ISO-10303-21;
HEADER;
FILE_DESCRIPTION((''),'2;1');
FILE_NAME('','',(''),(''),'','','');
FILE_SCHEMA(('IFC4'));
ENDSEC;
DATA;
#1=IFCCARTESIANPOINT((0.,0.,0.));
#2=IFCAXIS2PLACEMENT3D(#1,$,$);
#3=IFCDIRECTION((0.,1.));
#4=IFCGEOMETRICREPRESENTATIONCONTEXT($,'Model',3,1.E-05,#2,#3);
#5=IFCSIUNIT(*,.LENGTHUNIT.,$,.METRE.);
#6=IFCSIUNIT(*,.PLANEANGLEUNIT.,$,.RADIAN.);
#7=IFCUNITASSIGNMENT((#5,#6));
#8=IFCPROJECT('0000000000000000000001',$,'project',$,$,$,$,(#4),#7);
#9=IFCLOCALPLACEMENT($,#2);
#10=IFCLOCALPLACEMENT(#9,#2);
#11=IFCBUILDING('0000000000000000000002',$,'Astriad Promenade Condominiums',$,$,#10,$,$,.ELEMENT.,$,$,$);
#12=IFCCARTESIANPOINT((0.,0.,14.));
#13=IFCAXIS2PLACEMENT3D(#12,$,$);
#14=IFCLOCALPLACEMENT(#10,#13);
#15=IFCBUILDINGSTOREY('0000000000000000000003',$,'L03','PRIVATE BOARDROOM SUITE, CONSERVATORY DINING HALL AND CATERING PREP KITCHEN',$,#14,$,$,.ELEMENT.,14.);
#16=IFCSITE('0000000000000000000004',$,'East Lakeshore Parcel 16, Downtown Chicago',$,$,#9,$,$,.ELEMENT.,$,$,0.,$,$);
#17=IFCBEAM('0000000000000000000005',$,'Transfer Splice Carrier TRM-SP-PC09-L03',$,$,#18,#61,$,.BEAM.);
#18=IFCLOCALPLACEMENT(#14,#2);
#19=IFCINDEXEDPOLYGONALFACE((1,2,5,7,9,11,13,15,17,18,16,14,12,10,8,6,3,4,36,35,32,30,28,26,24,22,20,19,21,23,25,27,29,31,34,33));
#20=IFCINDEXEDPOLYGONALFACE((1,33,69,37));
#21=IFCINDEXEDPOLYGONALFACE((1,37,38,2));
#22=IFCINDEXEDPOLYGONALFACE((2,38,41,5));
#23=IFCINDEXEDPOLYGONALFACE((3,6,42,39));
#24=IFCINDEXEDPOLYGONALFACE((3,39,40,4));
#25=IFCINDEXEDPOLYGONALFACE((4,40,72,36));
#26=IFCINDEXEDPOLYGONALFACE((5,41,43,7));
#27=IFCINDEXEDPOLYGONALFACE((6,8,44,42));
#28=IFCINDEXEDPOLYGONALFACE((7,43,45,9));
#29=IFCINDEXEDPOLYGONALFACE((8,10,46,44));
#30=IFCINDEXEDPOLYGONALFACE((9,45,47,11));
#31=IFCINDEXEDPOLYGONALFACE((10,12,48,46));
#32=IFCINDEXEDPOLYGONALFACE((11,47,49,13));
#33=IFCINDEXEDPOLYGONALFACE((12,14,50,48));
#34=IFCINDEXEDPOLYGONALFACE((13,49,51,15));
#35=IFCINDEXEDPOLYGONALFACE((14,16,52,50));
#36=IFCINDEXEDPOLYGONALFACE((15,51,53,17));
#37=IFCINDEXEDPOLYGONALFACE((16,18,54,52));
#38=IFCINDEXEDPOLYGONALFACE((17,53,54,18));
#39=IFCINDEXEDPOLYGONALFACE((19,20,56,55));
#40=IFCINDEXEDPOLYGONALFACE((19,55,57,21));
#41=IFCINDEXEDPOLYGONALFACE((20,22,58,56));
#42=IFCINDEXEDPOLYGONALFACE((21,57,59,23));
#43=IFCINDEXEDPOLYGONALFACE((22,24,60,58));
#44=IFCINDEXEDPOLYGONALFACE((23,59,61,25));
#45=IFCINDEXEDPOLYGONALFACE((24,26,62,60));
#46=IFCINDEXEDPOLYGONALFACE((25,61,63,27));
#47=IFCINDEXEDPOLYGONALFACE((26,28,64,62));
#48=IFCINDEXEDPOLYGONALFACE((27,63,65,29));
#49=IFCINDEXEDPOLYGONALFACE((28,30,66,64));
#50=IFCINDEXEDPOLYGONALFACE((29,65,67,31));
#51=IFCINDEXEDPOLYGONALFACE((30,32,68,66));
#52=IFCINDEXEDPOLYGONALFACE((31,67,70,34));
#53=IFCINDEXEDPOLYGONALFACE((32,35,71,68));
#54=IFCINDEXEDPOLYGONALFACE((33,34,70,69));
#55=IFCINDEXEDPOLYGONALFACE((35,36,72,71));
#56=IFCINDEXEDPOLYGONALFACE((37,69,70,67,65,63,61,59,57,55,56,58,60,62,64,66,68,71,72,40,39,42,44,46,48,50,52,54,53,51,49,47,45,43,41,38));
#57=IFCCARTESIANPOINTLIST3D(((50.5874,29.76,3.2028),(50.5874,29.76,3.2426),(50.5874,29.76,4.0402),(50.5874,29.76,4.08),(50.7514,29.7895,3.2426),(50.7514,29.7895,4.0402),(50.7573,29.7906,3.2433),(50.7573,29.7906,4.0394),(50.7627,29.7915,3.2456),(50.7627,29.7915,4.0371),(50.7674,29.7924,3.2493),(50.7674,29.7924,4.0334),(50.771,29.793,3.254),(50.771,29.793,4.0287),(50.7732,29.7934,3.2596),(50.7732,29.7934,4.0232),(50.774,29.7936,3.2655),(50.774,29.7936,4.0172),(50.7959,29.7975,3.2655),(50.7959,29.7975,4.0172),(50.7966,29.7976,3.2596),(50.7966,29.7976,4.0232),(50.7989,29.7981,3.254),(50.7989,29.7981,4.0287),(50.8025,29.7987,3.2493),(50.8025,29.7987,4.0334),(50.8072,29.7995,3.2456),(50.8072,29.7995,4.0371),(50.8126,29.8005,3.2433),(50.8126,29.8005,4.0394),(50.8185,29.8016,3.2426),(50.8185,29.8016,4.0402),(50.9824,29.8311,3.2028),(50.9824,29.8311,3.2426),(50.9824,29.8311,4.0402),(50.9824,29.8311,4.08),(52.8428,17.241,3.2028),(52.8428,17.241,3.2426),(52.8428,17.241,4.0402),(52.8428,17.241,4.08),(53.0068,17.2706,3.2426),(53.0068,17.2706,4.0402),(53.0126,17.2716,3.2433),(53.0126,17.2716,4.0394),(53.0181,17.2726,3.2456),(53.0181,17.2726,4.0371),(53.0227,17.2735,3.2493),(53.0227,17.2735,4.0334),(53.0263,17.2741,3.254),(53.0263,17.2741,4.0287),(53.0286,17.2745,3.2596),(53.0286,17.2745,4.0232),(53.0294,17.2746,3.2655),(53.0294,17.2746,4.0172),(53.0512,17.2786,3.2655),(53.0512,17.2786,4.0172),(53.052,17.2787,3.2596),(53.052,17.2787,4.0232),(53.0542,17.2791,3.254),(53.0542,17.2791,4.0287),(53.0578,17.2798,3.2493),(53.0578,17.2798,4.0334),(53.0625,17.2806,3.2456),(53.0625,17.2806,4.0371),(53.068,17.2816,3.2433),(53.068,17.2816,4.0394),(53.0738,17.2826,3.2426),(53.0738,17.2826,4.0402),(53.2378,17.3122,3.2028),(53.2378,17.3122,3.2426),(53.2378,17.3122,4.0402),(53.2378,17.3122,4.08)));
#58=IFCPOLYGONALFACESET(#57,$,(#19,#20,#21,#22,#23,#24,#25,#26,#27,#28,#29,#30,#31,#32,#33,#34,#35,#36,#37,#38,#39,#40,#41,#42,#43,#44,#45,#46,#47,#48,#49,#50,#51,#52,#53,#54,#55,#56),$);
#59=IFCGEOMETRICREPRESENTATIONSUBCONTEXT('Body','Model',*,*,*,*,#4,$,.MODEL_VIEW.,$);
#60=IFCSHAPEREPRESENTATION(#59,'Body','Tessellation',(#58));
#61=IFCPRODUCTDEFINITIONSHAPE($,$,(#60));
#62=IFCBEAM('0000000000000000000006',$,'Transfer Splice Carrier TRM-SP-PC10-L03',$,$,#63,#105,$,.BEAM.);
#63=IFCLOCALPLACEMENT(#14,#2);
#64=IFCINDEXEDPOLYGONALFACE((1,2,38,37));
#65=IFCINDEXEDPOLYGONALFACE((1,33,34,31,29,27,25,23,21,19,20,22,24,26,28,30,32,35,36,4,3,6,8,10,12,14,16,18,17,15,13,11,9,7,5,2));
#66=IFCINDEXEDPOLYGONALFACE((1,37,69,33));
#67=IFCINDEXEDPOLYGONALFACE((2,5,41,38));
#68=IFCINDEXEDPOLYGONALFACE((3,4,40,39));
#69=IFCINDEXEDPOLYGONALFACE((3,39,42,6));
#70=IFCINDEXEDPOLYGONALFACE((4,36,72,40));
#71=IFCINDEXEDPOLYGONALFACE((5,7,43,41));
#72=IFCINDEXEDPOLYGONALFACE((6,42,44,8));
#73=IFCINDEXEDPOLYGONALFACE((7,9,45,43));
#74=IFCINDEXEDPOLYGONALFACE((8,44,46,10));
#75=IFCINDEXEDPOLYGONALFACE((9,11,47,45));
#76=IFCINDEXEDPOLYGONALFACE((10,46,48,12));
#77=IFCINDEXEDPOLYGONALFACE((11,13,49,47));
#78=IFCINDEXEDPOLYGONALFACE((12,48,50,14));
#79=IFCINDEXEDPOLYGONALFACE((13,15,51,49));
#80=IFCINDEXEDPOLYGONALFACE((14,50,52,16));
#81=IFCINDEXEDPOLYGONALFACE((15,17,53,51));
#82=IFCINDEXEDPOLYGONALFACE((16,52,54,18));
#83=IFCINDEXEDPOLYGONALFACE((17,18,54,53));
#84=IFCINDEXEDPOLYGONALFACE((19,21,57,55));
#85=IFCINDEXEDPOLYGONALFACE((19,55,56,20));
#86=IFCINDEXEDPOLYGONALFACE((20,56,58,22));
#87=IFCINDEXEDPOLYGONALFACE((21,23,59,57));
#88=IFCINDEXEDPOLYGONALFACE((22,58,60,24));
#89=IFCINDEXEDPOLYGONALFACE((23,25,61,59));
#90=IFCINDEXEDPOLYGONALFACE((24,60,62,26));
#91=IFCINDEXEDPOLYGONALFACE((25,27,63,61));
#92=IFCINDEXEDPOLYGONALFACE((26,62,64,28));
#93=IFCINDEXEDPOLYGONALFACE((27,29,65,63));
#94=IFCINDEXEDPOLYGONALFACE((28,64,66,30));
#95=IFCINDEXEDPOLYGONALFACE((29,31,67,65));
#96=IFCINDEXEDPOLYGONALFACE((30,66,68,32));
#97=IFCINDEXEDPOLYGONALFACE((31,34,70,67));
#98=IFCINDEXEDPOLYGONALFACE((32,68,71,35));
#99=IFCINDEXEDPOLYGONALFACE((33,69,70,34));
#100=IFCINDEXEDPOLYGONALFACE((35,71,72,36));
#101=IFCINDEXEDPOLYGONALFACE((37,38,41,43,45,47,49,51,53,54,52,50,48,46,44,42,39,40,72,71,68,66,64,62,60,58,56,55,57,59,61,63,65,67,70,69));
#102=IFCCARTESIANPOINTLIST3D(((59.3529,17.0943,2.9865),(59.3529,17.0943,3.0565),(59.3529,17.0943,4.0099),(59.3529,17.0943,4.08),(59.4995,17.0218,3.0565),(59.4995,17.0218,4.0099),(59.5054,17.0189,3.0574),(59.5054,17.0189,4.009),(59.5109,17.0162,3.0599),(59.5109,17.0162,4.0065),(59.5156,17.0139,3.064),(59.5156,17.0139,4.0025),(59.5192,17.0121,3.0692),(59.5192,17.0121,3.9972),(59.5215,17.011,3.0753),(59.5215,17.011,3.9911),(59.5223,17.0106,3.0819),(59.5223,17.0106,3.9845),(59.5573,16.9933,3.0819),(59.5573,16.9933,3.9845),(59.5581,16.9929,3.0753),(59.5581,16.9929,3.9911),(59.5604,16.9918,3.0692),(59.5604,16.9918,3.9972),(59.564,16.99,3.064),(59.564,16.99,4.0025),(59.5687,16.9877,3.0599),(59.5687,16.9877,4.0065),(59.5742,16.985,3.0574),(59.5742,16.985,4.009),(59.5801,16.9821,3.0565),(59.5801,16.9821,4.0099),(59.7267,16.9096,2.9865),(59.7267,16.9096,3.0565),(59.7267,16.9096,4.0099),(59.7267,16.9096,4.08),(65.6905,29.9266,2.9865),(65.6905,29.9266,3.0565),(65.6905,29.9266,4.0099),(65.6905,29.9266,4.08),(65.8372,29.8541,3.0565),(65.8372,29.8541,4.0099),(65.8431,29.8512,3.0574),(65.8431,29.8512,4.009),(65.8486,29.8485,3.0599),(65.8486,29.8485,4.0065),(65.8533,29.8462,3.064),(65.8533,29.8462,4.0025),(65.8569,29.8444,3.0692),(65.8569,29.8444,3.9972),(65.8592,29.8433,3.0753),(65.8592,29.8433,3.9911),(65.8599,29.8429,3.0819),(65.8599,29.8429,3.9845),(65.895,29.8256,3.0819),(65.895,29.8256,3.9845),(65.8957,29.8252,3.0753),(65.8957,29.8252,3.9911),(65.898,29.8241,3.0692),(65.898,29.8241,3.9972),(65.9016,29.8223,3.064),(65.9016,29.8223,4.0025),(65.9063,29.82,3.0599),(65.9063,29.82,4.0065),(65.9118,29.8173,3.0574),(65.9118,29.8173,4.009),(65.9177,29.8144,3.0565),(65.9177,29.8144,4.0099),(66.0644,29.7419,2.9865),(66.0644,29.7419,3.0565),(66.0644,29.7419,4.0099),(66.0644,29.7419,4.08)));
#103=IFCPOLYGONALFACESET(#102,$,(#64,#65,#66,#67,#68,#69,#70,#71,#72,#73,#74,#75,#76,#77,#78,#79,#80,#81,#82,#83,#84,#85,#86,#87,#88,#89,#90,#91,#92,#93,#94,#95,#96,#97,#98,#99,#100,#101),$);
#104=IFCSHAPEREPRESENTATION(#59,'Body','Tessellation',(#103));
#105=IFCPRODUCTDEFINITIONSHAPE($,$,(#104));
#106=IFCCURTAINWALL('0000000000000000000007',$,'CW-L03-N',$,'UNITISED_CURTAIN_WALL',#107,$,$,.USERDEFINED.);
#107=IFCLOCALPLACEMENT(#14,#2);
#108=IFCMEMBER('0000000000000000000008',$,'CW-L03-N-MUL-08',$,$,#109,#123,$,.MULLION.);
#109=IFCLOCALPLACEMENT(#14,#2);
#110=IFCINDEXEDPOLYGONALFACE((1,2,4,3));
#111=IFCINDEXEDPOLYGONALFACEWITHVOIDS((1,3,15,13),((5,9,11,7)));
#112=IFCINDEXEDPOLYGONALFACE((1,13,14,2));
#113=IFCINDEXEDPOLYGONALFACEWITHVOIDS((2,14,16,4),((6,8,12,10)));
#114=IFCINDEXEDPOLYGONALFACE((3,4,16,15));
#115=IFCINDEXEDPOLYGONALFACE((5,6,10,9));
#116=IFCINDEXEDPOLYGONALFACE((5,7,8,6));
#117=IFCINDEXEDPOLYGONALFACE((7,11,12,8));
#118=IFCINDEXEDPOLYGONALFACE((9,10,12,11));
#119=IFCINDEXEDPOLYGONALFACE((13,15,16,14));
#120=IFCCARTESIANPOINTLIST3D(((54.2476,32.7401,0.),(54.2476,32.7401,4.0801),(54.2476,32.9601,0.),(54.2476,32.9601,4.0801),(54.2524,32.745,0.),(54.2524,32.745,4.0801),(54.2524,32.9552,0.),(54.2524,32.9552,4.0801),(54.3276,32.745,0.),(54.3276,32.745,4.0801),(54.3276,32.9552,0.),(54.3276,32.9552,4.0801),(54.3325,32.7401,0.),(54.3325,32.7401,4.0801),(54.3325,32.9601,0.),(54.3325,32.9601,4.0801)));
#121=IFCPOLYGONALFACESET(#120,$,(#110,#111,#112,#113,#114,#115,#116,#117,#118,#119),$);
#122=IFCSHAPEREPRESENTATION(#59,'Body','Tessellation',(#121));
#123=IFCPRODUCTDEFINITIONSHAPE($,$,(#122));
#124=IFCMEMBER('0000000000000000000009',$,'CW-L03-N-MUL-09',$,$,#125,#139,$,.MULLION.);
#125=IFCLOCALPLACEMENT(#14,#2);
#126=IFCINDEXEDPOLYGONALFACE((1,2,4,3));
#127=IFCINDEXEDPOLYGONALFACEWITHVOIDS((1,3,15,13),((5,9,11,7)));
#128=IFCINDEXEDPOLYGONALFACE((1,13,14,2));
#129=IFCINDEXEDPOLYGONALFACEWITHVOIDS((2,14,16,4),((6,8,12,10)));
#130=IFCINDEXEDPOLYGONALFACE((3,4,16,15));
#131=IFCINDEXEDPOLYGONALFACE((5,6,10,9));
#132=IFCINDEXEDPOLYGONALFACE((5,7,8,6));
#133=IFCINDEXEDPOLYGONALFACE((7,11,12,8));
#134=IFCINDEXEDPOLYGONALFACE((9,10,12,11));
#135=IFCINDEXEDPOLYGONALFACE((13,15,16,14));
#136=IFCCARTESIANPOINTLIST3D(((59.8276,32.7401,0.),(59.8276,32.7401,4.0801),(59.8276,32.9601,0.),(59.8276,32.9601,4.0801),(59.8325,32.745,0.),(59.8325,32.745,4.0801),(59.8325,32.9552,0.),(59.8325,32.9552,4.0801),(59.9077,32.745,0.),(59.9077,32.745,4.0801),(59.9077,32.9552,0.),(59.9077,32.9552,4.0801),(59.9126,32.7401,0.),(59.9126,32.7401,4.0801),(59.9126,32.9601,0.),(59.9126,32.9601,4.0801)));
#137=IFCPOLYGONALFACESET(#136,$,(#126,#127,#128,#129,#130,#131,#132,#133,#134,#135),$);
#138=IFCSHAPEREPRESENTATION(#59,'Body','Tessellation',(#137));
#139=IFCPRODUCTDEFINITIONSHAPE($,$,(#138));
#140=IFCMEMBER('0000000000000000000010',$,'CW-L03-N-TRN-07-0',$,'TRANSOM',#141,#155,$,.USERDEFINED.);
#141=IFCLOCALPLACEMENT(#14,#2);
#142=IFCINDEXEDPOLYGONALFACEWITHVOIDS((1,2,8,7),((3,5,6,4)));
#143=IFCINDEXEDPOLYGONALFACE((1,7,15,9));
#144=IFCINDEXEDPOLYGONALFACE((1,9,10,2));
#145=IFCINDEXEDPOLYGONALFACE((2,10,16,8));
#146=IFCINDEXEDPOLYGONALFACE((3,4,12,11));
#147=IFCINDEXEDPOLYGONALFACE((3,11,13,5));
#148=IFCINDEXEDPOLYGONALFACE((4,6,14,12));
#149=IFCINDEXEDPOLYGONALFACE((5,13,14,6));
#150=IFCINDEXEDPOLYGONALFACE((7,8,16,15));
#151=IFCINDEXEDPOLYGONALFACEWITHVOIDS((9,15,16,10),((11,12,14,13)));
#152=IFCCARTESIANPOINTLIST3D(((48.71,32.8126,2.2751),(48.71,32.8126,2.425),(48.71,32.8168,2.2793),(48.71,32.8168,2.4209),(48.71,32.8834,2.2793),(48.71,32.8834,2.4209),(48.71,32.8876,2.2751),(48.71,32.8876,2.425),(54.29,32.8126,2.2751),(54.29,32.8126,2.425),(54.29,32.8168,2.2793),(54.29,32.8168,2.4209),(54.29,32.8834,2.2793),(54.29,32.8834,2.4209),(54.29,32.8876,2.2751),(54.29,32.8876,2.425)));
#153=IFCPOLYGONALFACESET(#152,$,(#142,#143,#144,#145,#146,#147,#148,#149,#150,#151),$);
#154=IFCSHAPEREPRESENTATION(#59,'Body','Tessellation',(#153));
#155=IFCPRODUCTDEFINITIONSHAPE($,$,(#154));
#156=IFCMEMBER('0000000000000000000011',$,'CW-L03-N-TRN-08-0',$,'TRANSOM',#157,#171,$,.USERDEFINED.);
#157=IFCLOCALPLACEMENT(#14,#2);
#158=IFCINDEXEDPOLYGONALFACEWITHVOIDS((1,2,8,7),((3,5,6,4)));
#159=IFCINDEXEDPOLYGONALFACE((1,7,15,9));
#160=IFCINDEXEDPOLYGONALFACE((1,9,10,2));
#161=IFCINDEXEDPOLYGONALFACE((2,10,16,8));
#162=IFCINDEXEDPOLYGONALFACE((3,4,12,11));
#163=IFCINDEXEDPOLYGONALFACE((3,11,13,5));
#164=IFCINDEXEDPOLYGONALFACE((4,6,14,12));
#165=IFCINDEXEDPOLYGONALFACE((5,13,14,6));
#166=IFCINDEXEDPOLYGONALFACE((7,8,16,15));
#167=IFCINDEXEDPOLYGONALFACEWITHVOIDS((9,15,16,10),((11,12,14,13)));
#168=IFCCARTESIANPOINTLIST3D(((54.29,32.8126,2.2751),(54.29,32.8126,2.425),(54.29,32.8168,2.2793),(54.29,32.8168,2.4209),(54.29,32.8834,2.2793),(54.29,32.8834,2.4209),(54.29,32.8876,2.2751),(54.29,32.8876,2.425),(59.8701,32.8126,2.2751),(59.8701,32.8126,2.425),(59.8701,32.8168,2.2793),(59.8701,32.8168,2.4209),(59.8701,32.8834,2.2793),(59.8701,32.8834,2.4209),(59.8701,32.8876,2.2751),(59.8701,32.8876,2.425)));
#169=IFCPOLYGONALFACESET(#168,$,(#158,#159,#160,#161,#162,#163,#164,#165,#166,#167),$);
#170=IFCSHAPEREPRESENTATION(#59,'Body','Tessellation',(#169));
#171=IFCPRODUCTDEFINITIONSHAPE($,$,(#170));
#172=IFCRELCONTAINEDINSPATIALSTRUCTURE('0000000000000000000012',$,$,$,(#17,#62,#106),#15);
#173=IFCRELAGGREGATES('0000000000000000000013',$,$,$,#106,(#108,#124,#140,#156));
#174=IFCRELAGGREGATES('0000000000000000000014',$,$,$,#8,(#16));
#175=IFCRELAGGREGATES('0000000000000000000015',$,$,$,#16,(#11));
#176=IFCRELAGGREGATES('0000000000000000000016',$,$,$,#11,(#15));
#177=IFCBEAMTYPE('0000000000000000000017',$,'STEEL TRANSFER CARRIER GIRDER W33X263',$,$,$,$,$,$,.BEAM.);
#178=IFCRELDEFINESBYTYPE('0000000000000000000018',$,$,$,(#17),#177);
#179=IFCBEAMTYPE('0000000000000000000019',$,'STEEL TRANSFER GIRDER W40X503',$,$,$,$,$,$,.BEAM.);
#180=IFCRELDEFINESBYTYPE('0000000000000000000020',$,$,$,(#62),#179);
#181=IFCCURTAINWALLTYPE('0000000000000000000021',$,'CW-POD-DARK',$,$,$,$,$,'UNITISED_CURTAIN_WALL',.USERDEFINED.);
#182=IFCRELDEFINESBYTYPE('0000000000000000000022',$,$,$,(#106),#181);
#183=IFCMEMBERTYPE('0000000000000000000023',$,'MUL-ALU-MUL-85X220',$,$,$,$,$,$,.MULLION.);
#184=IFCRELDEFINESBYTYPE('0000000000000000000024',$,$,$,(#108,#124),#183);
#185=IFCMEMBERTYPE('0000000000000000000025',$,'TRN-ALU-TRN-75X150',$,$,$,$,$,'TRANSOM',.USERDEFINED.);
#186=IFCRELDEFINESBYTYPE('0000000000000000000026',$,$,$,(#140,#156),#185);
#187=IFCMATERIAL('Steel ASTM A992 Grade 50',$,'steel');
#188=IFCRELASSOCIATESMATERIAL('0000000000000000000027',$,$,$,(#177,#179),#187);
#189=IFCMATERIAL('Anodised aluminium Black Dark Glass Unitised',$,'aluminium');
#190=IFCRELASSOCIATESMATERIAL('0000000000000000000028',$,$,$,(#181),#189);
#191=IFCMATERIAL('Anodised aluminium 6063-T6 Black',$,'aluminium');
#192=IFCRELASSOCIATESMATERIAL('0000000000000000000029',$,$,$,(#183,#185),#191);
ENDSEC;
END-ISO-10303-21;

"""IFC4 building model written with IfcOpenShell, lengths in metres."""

from ifc_helpers import new_model, si_unit, direction, frame, origin, origin_2d, place, context, subcontext, project, spatial, hollow_rectangle, i_section, extrude, source, transform, mapped, material, material_profile, profile_set, type_object, type_shapes, element, aggregate, save


model = new_model("IFC4")

# Units and contexts
model_context = context("Model", 3, precision=1e-05, world=origin(), true_north=direction((0.0, 1.0)))
body_context = subcontext(model_context, "Body", "Model", "MODEL_VIEW")
ifc_project = project(units=[si_unit("LENGTHUNIT", "METRE"), si_unit("PLANEANGLEUNIT", "RADIAN")], contexts=[model_context])

# Site, building, storey
site_placement = place(None, origin())
site = spatial("IfcSite", under=ifc_project, at=site_placement, Name="East Lakeshore Parcel 16, Downtown Chicago", CompositionType="ELEMENT", RefElevation=0.0)
building_placement = place(site_placement, origin())
building = spatial("IfcBuilding", under=site, at=building_placement, Name="Astriad Promenade Condominiums", CompositionType="ELEMENT")
storey_placement = place(building_placement, frame((0.0, 0.0, 14.0)))
storey = spatial("IfcBuildingStorey", under=building, at=storey_placement, Name="L03", Description="PRIVATE BOARDROOM SUITE, CONSERVATORY DINING HALL AND CATERING PREP KITCHEN", CompositionType="ELEMENT", Elevation=14.0)

# Shared definitions
ifc_material_1 = material(Name="Steel ASTM A992 Grade 50", Category="steel")

# Beams
ifc_material_profile_1 = material_profile(ifc_material_1, i_section(OverallWidth=0.4014, OverallDepth=0.8772, WebThickness=0.0222, FlangeThickness=0.0398, FilletRadius=0.0229, at=origin_2d()), Name="W33X263")
ifc_profile_set_1 = profile_set([ifc_material_profile_1], Name="Steel ASTM A992 Grade 50")
beam_type_1 = type_object("IfcBeamType", Name="STEEL TRANSFER CARRIER GIRDER W33X263", PredefinedType="BEAM", material=ifc_profile_set_1)
shared_shape_1 = source(origin(), body_context, "Body", "SweptSolid", [
    extrude(i_section(OverallWidth=0.4014, OverallDepth=0.8772, WebThickness=0.0222, FlangeThickness=0.0398, FilletRadius=0.0229, at=origin_2d()), origin(), (0.0, 0.0, 1.0), 12.7205),
])
type_shapes(beam_type_1, [shared_shape_1])
beam_1_placement = place(storey_placement, frame((53.0403, 17.2766, 3.6414), z_axis=(-0.177301, 0.984157, 0.0), x_axis=(-0.984157, -0.177301, 0.0)))
element("IfcBeam", 1, at=beam_1_placement, inside=storey, type_object=beam_type_1, Name="Transfer Splice Carrier TRM-SP-PC09-L03", PredefinedType="BEAM", context=body_context, shape_type="MappedRepresentation", body=[
    mapped(shared_shape_1, transform((0.0, 0.0, 0.0), scale=1.0)),
])
ifc_material_profile_2 = material_profile(ifc_material_1, i_section(OverallWidth=0.417, OverallDepth=1.0935, WebThickness=0.0391, FlangeThickness=0.0701, FilletRadius=0.0254, at=origin_2d()), Name="W40X503")
ifc_profile_set_2 = profile_set([ifc_material_profile_2], Name="Steel ASTM A992 Grade 50")
beam_type_2 = type_object("IfcBeamType", Name="STEEL TRANSFER GIRDER W40X503", PredefinedType="BEAM", material=ifc_profile_set_2)
shared_shape_2 = source(origin(), body_context, "Body", "SweptSolid", [
    extrude(i_section(OverallWidth=0.417, OverallDepth=1.0935, WebThickness=0.0391, FlangeThickness=0.0701, FilletRadius=0.0254, at=origin_2d()), origin(), (0.0, 0.0, 1.0), 14.312),
])
type_shapes(beam_type_2, [shared_shape_2])
beam_2_placement = place(storey_placement, frame((59.5398, 17.002, 3.5332), z_axis=(0.442821, 0.89661, 0.0), x_axis=(-0.89661, 0.442821, 0.0)))
element("IfcBeam", 2, at=beam_2_placement, inside=storey, type_object=beam_type_2, Name="Transfer Splice Carrier TRM-SP-PC10-L03", PredefinedType="BEAM", context=body_context, shape_type="MappedRepresentation", body=[
    mapped(shared_shape_2, transform((0.0, 0.0, 0.0), scale=1.0)),
])

# Curtain wall, members
ifc_material_2 = material(Name="Anodised aluminium Black Dark Glass Unitised", Category="aluminium")
curtain_wall_type = type_object("IfcCurtainWallType", Name="CW-POD-DARK", ElementType="UNITISED_CURTAIN_WALL", PredefinedType="USERDEFINED", material=ifc_material_2)
curtain_wall_placement = place(storey_placement, origin())
curtain_wall = element("IfcCurtainWall", 3, at=curtain_wall_placement, inside=storey, type_object=curtain_wall_type, Name="CW-L03-N", ObjectType="UNITISED_CURTAIN_WALL", PredefinedType="USERDEFINED")
ifc_material_3 = material(Name="Anodised aluminium 6063-T6 Black", Category="aluminium")
ifc_material_profile_3 = material_profile(ifc_material_3, hollow_rectangle(XDim=0.085, YDim=0.22, WallThickness=0.0049, at=origin_2d()), Name="ALU-MUL-85X220")
ifc_profile_set_3 = profile_set([ifc_material_profile_3], Name="Anodised aluminium 6063-T6 Black")
member_type_1 = type_object("IfcMemberType", Name="MUL-ALU-MUL-85X220", PredefinedType="MULLION", material=ifc_profile_set_3)
shared_shape_3 = source(origin(), body_context, "Body", "SweptSolid", [
    extrude(hollow_rectangle(XDim=0.085, YDim=0.22, WallThickness=0.0049, at=origin_2d()), origin(), (0.0, 0.0, 1.0), 4.0801),
])
type_shapes(member_type_1, [shared_shape_3])
member_1_placement = place(storey_placement, frame((54.29, 32.8501, 0.0), z_axis=(0.0, 0.0, 1.0), x_axis=(1.0, 0.0, 0.0)))
member_1 = element("IfcMember", 4, at=member_1_placement, type_object=member_type_1, Name="CW-L03-N-MUL-08", PredefinedType="MULLION", context=body_context, shape_type="MappedRepresentation", body=[
    mapped(shared_shape_3, transform((0.0, 0.0, 0.0), scale=1.0)),
])
member_2_placement = place(storey_placement, frame((59.8701, 32.8501, 0.0), z_axis=(0.0, 0.0, 1.0), x_axis=(1.0, 0.0, 0.0)))
member_2 = element("IfcMember", 5, at=member_2_placement, type_object=member_type_1, Name="CW-L03-N-MUL-09", PredefinedType="MULLION", context=body_context, shape_type="MappedRepresentation", body=[
    mapped(shared_shape_3, transform((0.0, 0.0, 0.0), scale=1.0)),
])
ifc_material_profile_4 = material_profile(ifc_material_3, hollow_rectangle(XDim=0.075, YDim=0.1499, WallThickness=0.0042, at=origin_2d()), Name="ALU-TRN-75X150")
ifc_profile_set_4 = profile_set([ifc_material_profile_4], Name="Anodised aluminium 6063-T6 Black")
member_type_2 = type_object("IfcMemberType", Name="TRN-ALU-TRN-75X150", ElementType="TRANSOM", PredefinedType="USERDEFINED", material=ifc_profile_set_4)
shared_shape_4 = source(origin(), body_context, "Body", "SweptSolid", [
    extrude(hollow_rectangle(XDim=0.075, YDim=0.1499, WallThickness=0.0042, at=origin_2d()), origin(), (0.0, 0.0, 1.0), 5.5801),
])
member_3_placement = place(storey_placement, frame((48.71, 32.8501, 2.3501), z_axis=(1.0, 0.0, 0.0), x_axis=(0.0, 1.0, 0.0)))
member_3 = element("IfcMember", 6, at=member_3_placement, type_object=member_type_2, Name="CW-L03-N-TRN-07-0", ObjectType="TRANSOM", PredefinedType="USERDEFINED", context=body_context, shape_type="MappedRepresentation", body=[
    mapped(shared_shape_4, transform((0.0, 0.0, 0.0), scale=1.0)),
])
member_4_placement = place(storey_placement, frame((54.29, 32.8501, 2.3501), z_axis=(1.0, 0.0, 0.0), x_axis=(0.0, 1.0, 0.0)))
member_4 = element("IfcMember", 7, at=member_4_placement, type_object=member_type_2, Name="CW-L03-N-TRN-08-0", ObjectType="TRANSOM", PredefinedType="USERDEFINED", context=body_context, shape_type="MappedRepresentation", body=[
    mapped(shared_shape_4, transform((0.0, 0.0, 0.0), scale=1.0)),
])

aggregate(curtain_wall, [member_1, member_2, member_3, member_4])

save(model, "model.ifc")
